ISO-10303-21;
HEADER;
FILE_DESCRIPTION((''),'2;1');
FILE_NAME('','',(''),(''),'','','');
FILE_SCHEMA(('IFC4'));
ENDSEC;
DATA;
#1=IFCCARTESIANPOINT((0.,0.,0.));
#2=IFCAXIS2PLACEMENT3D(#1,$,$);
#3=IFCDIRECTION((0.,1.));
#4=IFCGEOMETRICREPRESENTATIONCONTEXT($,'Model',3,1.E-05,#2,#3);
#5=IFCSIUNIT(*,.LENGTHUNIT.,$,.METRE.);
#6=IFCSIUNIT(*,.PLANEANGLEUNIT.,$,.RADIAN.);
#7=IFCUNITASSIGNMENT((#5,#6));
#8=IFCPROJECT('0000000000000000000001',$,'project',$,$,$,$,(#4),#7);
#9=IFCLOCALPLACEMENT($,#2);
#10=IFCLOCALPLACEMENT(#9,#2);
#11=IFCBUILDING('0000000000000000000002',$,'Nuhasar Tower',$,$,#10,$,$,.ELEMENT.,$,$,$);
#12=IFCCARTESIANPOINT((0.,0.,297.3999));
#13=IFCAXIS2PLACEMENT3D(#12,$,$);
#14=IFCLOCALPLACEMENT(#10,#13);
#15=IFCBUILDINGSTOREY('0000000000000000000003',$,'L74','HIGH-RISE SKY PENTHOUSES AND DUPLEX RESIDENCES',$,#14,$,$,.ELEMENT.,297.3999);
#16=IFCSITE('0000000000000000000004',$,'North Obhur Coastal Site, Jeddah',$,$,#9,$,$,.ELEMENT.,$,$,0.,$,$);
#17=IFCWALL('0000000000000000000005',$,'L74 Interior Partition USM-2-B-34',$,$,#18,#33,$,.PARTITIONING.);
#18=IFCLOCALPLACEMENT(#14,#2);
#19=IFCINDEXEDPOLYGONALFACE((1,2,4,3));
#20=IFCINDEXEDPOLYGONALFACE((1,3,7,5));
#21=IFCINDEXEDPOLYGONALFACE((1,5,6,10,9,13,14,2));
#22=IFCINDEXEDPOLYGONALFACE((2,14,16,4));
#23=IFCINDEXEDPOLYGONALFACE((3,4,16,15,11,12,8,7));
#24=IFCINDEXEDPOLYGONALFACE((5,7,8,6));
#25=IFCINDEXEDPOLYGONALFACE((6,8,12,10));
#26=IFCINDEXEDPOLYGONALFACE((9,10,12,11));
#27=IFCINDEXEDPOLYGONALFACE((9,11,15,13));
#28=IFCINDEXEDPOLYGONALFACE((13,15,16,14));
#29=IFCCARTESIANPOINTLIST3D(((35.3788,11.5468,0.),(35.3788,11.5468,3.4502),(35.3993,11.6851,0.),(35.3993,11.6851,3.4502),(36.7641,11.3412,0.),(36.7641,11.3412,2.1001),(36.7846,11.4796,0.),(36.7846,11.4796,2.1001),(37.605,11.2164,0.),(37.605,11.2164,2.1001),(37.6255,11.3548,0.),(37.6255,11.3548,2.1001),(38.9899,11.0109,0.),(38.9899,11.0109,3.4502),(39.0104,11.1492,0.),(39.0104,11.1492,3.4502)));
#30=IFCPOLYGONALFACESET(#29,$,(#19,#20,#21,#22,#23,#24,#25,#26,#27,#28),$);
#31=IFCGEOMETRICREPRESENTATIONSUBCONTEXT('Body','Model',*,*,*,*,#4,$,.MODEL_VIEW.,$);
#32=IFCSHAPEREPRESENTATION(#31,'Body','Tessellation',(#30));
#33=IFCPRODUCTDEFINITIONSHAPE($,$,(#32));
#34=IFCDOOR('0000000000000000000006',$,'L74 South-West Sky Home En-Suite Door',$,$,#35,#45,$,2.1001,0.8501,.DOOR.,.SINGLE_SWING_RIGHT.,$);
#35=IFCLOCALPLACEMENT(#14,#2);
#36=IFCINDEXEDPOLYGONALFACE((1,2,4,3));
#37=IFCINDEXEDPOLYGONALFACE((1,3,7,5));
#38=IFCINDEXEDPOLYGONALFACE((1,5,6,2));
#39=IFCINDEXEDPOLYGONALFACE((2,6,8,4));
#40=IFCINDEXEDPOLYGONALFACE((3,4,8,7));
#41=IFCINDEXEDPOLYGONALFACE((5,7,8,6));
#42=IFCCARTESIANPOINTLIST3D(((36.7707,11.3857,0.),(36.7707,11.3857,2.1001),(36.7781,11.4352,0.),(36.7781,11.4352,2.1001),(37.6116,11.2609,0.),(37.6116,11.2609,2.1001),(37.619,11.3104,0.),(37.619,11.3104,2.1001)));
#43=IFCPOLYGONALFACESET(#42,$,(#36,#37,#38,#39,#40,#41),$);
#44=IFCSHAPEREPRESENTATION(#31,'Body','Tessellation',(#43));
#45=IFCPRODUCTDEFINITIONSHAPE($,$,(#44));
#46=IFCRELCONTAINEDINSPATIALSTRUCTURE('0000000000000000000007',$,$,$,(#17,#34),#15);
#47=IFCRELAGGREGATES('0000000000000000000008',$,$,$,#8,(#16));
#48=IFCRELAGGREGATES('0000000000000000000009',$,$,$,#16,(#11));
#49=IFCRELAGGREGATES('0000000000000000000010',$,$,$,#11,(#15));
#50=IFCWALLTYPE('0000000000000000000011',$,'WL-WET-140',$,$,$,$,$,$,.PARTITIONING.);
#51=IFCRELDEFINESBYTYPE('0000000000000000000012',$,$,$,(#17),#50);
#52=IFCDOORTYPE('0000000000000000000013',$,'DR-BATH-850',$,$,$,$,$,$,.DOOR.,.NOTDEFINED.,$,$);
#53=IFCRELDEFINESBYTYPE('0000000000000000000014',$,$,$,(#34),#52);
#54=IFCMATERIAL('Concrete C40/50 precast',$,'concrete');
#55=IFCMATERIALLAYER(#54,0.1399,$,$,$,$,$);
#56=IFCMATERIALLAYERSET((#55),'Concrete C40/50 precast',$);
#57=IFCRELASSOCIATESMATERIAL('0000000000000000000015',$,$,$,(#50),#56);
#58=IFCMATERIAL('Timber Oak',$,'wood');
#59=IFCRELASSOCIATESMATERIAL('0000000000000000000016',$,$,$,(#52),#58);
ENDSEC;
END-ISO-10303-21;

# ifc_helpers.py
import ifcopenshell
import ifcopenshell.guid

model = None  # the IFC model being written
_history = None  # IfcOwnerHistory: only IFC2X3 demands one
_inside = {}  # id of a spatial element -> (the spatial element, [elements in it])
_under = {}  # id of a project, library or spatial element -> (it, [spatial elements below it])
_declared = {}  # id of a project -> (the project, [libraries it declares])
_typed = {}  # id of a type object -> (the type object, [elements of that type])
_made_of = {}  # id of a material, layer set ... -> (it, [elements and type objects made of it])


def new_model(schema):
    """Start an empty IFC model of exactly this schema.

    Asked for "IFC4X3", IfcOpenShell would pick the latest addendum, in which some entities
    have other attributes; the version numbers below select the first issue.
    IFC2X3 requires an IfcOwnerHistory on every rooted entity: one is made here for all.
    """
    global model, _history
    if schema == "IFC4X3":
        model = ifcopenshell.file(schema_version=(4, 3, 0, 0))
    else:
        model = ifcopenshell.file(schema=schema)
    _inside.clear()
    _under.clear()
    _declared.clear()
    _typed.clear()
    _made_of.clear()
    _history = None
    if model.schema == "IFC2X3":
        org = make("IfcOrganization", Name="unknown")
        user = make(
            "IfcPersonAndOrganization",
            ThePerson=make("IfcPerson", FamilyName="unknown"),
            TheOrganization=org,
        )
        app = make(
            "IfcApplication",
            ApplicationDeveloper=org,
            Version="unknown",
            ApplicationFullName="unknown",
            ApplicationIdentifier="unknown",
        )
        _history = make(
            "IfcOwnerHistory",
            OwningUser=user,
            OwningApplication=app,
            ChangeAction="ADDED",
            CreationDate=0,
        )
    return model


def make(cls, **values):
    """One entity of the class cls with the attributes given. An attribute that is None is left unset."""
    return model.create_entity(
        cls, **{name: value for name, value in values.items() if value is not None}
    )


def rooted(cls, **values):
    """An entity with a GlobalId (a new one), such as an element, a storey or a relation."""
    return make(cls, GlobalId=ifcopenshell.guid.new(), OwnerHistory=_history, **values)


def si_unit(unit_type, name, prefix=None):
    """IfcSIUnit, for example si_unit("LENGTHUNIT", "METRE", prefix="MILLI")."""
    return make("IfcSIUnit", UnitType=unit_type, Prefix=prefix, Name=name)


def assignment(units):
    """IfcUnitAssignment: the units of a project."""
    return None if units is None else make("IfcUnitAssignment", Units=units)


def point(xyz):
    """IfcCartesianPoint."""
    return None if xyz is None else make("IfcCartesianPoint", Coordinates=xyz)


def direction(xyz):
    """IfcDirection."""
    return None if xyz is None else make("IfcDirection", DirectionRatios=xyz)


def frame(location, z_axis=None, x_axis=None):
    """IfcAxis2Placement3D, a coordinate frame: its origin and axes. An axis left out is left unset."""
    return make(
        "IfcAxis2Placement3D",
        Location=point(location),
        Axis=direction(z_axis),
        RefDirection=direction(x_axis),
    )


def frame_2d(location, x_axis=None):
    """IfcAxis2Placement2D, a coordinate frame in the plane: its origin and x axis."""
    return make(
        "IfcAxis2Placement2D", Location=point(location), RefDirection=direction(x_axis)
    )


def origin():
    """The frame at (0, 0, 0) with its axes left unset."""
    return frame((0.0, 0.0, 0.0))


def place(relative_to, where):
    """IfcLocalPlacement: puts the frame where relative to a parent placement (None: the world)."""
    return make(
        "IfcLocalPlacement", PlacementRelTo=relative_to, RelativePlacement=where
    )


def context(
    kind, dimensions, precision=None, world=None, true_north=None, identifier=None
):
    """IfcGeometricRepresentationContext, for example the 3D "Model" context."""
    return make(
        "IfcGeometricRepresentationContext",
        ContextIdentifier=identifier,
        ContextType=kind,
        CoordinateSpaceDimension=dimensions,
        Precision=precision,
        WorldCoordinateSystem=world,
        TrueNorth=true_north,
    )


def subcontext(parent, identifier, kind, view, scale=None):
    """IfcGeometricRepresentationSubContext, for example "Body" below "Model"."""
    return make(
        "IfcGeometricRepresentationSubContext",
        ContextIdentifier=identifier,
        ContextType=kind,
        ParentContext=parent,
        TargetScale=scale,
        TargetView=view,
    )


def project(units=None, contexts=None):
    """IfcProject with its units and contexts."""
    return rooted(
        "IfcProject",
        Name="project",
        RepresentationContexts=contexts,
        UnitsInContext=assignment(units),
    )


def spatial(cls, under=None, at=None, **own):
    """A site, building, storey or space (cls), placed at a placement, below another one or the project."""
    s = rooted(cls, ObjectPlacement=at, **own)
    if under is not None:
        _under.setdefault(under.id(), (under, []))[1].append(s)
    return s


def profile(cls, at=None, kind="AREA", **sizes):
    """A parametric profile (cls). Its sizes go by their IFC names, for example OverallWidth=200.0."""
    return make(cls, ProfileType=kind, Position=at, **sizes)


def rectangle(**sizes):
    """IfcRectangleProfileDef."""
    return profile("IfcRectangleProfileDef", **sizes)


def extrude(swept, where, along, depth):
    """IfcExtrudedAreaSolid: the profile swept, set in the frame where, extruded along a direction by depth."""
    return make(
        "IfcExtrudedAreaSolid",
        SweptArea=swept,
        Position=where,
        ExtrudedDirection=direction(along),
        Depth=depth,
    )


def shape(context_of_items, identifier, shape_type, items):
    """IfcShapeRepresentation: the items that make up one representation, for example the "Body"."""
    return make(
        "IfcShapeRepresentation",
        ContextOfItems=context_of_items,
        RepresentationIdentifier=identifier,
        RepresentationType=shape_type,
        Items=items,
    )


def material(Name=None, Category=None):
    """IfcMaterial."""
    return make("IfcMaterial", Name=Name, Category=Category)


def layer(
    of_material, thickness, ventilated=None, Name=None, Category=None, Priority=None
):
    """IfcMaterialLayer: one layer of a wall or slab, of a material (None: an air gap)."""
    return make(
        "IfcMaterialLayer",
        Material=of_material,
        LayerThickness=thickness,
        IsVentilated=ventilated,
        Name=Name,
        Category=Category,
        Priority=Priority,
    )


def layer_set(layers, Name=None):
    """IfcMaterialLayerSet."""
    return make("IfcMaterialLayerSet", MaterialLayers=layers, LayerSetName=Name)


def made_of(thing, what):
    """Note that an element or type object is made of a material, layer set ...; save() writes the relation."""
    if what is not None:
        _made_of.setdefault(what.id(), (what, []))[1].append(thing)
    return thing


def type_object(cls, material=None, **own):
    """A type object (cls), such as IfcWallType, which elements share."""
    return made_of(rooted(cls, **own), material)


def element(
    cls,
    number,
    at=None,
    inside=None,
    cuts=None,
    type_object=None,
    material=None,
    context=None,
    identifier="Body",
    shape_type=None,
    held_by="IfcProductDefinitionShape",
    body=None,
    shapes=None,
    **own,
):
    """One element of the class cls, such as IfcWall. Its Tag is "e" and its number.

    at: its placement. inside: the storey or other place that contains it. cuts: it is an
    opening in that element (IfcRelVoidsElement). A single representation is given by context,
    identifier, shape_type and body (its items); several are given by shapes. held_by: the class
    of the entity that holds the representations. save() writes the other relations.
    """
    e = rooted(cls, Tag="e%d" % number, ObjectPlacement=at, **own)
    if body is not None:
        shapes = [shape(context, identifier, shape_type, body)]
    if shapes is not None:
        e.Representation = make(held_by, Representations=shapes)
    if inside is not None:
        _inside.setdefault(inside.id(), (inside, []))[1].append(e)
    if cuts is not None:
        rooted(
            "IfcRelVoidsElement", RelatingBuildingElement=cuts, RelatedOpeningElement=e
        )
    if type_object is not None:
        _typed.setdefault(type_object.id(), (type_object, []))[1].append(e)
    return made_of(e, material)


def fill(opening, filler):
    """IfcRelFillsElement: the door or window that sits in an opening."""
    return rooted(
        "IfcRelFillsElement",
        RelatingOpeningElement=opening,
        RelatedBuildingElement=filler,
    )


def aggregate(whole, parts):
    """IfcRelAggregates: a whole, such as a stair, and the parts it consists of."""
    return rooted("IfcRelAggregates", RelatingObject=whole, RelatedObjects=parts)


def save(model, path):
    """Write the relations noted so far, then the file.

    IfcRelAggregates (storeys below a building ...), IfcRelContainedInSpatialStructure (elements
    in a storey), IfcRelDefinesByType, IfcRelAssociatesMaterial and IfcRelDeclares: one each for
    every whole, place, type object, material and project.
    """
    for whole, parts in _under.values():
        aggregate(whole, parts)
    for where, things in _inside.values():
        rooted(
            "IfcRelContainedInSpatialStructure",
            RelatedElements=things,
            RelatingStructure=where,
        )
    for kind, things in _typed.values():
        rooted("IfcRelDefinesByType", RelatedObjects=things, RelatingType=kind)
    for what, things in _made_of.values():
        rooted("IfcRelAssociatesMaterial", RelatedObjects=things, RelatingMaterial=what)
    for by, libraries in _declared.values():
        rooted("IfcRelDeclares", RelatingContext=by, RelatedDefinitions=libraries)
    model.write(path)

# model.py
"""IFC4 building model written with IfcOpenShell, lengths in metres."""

from ifc_helpers import new_model, si_unit, direction, frame, frame_2d, origin, place, context, subcontext, project, spatial, rectangle, extrude, material, layer, layer_set, type_object, element, fill, save


model = new_model("IFC4")

# Units and contexts
model_context = context("Model", 3, precision=1e-05, world=origin(), true_north=direction((0.0, 1.0)))
body_context = subcontext(model_context, "Body", "Model", "MODEL_VIEW")
ifc_project = project(units=[si_unit("LENGTHUNIT", "METRE"), si_unit("PLANEANGLEUNIT", "RADIAN")], contexts=[model_context])

# Site, building, storey
site_placement = place(None, origin())
site = spatial("IfcSite", under=ifc_project, at=site_placement, Name="North Obhur Coastal Site, Jeddah", CompositionType="ELEMENT", RefElevation=0.0)
building_placement = place(site_placement, origin())
building = spatial("IfcBuilding", under=site, at=building_placement, Name="Nuhasar Tower", CompositionType="ELEMENT")
storey_placement = place(building_placement, frame((0.0, 0.0, 297.3999)))
storey = spatial("IfcBuildingStorey", under=building, at=storey_placement, Name="L74", Description="HIGH-RISE SKY PENTHOUSES AND DUPLEX RESIDENCES", CompositionType="ELEMENT", Elevation=297.3999)

# Shared definitions
ifc_material_1 = material(Name="Timber Oak", Category="wood")

# Shared definitions
ifc_material_2 = material(Name="Concrete C40/50 precast", Category="concrete")

# Wall, opening, door
ifc_layer_1 = layer(ifc_material_2, 0.1399)
ifc_layer_set_1 = layer_set([ifc_layer_1], Name="Concrete C40/50 precast")
wall_type_1 = type_object("IfcWallType", Name="WL-WET-140", PredefinedType="PARTITIONING", material=ifc_layer_set_1)
wall_1_placement = place(storey_placement, frame((39.0, 11.0801, 0.0), z_axis=(0.0, 0.0, 1.0), x_axis=(-0.989167, 0.146793, 0.0)))
wall_1 = element("IfcWall", 1, at=wall_1_placement, inside=storey, type_object=wall_type_1, Name="L74 Interior Partition USM-2-B-34", PredefinedType="PARTITIONING", context=body_context, shape_type="SweptSolid", body=[
    extrude(rectangle(XDim=3.6506, YDim=0.1399, at=frame_2d((1.8252, 0.0))), origin(), (0.0, 0.0, 1.0), 3.4502),
])
opening_1_placement = place(wall_1_placement, frame((1.3999, 0.0, 0.0)))
opening_1 = element("IfcOpeningElement", 2, at=opening_1_placement, cuts=wall_1, PredefinedType="OPENING", context=body_context, shape_type="SweptSolid", body=[
    extrude(rectangle(XDim=0.8501, YDim=2.1001, at=frame_2d((0.425, 1.05))), frame((0.0, 0.0801, 0.0), z_axis=(0.0, -1.0, 0.0), x_axis=(1.0, 0.0, 0.0)), (0.0, 0.0, 1.0), 0.1599),
])
door_type_1 = type_object("IfcDoorType", Name="DR-BATH-850", OperationType="NOTDEFINED", PredefinedType="DOOR", material=ifc_material_1)
door_1_placement = place(opening_1_placement, origin())
door_1 = element("IfcDoor", 3, at=door_1_placement, inside=storey, type_object=door_type_1, Name="L74 South-West Sky Home En-Suite Door", OperationType="SINGLE_SWING_RIGHT", OverallHeight=2.1001, OverallWidth=0.8501, PredefinedType="DOOR", context=body_context, shape_type="SweptSolid", body=[
    extrude(rectangle(XDim=0.8501, YDim=2.1001, at=frame_2d((0.425, 1.05))), frame((0.0, 0.0249, 0.0), z_axis=(0.0, -1.0, 0.0), x_axis=(1.0, 0.0, 0.0)), (0.0, 0.0, 1.0), 0.05),
])
fill(opening_1, door_1)

save(model, "model.ifc")
